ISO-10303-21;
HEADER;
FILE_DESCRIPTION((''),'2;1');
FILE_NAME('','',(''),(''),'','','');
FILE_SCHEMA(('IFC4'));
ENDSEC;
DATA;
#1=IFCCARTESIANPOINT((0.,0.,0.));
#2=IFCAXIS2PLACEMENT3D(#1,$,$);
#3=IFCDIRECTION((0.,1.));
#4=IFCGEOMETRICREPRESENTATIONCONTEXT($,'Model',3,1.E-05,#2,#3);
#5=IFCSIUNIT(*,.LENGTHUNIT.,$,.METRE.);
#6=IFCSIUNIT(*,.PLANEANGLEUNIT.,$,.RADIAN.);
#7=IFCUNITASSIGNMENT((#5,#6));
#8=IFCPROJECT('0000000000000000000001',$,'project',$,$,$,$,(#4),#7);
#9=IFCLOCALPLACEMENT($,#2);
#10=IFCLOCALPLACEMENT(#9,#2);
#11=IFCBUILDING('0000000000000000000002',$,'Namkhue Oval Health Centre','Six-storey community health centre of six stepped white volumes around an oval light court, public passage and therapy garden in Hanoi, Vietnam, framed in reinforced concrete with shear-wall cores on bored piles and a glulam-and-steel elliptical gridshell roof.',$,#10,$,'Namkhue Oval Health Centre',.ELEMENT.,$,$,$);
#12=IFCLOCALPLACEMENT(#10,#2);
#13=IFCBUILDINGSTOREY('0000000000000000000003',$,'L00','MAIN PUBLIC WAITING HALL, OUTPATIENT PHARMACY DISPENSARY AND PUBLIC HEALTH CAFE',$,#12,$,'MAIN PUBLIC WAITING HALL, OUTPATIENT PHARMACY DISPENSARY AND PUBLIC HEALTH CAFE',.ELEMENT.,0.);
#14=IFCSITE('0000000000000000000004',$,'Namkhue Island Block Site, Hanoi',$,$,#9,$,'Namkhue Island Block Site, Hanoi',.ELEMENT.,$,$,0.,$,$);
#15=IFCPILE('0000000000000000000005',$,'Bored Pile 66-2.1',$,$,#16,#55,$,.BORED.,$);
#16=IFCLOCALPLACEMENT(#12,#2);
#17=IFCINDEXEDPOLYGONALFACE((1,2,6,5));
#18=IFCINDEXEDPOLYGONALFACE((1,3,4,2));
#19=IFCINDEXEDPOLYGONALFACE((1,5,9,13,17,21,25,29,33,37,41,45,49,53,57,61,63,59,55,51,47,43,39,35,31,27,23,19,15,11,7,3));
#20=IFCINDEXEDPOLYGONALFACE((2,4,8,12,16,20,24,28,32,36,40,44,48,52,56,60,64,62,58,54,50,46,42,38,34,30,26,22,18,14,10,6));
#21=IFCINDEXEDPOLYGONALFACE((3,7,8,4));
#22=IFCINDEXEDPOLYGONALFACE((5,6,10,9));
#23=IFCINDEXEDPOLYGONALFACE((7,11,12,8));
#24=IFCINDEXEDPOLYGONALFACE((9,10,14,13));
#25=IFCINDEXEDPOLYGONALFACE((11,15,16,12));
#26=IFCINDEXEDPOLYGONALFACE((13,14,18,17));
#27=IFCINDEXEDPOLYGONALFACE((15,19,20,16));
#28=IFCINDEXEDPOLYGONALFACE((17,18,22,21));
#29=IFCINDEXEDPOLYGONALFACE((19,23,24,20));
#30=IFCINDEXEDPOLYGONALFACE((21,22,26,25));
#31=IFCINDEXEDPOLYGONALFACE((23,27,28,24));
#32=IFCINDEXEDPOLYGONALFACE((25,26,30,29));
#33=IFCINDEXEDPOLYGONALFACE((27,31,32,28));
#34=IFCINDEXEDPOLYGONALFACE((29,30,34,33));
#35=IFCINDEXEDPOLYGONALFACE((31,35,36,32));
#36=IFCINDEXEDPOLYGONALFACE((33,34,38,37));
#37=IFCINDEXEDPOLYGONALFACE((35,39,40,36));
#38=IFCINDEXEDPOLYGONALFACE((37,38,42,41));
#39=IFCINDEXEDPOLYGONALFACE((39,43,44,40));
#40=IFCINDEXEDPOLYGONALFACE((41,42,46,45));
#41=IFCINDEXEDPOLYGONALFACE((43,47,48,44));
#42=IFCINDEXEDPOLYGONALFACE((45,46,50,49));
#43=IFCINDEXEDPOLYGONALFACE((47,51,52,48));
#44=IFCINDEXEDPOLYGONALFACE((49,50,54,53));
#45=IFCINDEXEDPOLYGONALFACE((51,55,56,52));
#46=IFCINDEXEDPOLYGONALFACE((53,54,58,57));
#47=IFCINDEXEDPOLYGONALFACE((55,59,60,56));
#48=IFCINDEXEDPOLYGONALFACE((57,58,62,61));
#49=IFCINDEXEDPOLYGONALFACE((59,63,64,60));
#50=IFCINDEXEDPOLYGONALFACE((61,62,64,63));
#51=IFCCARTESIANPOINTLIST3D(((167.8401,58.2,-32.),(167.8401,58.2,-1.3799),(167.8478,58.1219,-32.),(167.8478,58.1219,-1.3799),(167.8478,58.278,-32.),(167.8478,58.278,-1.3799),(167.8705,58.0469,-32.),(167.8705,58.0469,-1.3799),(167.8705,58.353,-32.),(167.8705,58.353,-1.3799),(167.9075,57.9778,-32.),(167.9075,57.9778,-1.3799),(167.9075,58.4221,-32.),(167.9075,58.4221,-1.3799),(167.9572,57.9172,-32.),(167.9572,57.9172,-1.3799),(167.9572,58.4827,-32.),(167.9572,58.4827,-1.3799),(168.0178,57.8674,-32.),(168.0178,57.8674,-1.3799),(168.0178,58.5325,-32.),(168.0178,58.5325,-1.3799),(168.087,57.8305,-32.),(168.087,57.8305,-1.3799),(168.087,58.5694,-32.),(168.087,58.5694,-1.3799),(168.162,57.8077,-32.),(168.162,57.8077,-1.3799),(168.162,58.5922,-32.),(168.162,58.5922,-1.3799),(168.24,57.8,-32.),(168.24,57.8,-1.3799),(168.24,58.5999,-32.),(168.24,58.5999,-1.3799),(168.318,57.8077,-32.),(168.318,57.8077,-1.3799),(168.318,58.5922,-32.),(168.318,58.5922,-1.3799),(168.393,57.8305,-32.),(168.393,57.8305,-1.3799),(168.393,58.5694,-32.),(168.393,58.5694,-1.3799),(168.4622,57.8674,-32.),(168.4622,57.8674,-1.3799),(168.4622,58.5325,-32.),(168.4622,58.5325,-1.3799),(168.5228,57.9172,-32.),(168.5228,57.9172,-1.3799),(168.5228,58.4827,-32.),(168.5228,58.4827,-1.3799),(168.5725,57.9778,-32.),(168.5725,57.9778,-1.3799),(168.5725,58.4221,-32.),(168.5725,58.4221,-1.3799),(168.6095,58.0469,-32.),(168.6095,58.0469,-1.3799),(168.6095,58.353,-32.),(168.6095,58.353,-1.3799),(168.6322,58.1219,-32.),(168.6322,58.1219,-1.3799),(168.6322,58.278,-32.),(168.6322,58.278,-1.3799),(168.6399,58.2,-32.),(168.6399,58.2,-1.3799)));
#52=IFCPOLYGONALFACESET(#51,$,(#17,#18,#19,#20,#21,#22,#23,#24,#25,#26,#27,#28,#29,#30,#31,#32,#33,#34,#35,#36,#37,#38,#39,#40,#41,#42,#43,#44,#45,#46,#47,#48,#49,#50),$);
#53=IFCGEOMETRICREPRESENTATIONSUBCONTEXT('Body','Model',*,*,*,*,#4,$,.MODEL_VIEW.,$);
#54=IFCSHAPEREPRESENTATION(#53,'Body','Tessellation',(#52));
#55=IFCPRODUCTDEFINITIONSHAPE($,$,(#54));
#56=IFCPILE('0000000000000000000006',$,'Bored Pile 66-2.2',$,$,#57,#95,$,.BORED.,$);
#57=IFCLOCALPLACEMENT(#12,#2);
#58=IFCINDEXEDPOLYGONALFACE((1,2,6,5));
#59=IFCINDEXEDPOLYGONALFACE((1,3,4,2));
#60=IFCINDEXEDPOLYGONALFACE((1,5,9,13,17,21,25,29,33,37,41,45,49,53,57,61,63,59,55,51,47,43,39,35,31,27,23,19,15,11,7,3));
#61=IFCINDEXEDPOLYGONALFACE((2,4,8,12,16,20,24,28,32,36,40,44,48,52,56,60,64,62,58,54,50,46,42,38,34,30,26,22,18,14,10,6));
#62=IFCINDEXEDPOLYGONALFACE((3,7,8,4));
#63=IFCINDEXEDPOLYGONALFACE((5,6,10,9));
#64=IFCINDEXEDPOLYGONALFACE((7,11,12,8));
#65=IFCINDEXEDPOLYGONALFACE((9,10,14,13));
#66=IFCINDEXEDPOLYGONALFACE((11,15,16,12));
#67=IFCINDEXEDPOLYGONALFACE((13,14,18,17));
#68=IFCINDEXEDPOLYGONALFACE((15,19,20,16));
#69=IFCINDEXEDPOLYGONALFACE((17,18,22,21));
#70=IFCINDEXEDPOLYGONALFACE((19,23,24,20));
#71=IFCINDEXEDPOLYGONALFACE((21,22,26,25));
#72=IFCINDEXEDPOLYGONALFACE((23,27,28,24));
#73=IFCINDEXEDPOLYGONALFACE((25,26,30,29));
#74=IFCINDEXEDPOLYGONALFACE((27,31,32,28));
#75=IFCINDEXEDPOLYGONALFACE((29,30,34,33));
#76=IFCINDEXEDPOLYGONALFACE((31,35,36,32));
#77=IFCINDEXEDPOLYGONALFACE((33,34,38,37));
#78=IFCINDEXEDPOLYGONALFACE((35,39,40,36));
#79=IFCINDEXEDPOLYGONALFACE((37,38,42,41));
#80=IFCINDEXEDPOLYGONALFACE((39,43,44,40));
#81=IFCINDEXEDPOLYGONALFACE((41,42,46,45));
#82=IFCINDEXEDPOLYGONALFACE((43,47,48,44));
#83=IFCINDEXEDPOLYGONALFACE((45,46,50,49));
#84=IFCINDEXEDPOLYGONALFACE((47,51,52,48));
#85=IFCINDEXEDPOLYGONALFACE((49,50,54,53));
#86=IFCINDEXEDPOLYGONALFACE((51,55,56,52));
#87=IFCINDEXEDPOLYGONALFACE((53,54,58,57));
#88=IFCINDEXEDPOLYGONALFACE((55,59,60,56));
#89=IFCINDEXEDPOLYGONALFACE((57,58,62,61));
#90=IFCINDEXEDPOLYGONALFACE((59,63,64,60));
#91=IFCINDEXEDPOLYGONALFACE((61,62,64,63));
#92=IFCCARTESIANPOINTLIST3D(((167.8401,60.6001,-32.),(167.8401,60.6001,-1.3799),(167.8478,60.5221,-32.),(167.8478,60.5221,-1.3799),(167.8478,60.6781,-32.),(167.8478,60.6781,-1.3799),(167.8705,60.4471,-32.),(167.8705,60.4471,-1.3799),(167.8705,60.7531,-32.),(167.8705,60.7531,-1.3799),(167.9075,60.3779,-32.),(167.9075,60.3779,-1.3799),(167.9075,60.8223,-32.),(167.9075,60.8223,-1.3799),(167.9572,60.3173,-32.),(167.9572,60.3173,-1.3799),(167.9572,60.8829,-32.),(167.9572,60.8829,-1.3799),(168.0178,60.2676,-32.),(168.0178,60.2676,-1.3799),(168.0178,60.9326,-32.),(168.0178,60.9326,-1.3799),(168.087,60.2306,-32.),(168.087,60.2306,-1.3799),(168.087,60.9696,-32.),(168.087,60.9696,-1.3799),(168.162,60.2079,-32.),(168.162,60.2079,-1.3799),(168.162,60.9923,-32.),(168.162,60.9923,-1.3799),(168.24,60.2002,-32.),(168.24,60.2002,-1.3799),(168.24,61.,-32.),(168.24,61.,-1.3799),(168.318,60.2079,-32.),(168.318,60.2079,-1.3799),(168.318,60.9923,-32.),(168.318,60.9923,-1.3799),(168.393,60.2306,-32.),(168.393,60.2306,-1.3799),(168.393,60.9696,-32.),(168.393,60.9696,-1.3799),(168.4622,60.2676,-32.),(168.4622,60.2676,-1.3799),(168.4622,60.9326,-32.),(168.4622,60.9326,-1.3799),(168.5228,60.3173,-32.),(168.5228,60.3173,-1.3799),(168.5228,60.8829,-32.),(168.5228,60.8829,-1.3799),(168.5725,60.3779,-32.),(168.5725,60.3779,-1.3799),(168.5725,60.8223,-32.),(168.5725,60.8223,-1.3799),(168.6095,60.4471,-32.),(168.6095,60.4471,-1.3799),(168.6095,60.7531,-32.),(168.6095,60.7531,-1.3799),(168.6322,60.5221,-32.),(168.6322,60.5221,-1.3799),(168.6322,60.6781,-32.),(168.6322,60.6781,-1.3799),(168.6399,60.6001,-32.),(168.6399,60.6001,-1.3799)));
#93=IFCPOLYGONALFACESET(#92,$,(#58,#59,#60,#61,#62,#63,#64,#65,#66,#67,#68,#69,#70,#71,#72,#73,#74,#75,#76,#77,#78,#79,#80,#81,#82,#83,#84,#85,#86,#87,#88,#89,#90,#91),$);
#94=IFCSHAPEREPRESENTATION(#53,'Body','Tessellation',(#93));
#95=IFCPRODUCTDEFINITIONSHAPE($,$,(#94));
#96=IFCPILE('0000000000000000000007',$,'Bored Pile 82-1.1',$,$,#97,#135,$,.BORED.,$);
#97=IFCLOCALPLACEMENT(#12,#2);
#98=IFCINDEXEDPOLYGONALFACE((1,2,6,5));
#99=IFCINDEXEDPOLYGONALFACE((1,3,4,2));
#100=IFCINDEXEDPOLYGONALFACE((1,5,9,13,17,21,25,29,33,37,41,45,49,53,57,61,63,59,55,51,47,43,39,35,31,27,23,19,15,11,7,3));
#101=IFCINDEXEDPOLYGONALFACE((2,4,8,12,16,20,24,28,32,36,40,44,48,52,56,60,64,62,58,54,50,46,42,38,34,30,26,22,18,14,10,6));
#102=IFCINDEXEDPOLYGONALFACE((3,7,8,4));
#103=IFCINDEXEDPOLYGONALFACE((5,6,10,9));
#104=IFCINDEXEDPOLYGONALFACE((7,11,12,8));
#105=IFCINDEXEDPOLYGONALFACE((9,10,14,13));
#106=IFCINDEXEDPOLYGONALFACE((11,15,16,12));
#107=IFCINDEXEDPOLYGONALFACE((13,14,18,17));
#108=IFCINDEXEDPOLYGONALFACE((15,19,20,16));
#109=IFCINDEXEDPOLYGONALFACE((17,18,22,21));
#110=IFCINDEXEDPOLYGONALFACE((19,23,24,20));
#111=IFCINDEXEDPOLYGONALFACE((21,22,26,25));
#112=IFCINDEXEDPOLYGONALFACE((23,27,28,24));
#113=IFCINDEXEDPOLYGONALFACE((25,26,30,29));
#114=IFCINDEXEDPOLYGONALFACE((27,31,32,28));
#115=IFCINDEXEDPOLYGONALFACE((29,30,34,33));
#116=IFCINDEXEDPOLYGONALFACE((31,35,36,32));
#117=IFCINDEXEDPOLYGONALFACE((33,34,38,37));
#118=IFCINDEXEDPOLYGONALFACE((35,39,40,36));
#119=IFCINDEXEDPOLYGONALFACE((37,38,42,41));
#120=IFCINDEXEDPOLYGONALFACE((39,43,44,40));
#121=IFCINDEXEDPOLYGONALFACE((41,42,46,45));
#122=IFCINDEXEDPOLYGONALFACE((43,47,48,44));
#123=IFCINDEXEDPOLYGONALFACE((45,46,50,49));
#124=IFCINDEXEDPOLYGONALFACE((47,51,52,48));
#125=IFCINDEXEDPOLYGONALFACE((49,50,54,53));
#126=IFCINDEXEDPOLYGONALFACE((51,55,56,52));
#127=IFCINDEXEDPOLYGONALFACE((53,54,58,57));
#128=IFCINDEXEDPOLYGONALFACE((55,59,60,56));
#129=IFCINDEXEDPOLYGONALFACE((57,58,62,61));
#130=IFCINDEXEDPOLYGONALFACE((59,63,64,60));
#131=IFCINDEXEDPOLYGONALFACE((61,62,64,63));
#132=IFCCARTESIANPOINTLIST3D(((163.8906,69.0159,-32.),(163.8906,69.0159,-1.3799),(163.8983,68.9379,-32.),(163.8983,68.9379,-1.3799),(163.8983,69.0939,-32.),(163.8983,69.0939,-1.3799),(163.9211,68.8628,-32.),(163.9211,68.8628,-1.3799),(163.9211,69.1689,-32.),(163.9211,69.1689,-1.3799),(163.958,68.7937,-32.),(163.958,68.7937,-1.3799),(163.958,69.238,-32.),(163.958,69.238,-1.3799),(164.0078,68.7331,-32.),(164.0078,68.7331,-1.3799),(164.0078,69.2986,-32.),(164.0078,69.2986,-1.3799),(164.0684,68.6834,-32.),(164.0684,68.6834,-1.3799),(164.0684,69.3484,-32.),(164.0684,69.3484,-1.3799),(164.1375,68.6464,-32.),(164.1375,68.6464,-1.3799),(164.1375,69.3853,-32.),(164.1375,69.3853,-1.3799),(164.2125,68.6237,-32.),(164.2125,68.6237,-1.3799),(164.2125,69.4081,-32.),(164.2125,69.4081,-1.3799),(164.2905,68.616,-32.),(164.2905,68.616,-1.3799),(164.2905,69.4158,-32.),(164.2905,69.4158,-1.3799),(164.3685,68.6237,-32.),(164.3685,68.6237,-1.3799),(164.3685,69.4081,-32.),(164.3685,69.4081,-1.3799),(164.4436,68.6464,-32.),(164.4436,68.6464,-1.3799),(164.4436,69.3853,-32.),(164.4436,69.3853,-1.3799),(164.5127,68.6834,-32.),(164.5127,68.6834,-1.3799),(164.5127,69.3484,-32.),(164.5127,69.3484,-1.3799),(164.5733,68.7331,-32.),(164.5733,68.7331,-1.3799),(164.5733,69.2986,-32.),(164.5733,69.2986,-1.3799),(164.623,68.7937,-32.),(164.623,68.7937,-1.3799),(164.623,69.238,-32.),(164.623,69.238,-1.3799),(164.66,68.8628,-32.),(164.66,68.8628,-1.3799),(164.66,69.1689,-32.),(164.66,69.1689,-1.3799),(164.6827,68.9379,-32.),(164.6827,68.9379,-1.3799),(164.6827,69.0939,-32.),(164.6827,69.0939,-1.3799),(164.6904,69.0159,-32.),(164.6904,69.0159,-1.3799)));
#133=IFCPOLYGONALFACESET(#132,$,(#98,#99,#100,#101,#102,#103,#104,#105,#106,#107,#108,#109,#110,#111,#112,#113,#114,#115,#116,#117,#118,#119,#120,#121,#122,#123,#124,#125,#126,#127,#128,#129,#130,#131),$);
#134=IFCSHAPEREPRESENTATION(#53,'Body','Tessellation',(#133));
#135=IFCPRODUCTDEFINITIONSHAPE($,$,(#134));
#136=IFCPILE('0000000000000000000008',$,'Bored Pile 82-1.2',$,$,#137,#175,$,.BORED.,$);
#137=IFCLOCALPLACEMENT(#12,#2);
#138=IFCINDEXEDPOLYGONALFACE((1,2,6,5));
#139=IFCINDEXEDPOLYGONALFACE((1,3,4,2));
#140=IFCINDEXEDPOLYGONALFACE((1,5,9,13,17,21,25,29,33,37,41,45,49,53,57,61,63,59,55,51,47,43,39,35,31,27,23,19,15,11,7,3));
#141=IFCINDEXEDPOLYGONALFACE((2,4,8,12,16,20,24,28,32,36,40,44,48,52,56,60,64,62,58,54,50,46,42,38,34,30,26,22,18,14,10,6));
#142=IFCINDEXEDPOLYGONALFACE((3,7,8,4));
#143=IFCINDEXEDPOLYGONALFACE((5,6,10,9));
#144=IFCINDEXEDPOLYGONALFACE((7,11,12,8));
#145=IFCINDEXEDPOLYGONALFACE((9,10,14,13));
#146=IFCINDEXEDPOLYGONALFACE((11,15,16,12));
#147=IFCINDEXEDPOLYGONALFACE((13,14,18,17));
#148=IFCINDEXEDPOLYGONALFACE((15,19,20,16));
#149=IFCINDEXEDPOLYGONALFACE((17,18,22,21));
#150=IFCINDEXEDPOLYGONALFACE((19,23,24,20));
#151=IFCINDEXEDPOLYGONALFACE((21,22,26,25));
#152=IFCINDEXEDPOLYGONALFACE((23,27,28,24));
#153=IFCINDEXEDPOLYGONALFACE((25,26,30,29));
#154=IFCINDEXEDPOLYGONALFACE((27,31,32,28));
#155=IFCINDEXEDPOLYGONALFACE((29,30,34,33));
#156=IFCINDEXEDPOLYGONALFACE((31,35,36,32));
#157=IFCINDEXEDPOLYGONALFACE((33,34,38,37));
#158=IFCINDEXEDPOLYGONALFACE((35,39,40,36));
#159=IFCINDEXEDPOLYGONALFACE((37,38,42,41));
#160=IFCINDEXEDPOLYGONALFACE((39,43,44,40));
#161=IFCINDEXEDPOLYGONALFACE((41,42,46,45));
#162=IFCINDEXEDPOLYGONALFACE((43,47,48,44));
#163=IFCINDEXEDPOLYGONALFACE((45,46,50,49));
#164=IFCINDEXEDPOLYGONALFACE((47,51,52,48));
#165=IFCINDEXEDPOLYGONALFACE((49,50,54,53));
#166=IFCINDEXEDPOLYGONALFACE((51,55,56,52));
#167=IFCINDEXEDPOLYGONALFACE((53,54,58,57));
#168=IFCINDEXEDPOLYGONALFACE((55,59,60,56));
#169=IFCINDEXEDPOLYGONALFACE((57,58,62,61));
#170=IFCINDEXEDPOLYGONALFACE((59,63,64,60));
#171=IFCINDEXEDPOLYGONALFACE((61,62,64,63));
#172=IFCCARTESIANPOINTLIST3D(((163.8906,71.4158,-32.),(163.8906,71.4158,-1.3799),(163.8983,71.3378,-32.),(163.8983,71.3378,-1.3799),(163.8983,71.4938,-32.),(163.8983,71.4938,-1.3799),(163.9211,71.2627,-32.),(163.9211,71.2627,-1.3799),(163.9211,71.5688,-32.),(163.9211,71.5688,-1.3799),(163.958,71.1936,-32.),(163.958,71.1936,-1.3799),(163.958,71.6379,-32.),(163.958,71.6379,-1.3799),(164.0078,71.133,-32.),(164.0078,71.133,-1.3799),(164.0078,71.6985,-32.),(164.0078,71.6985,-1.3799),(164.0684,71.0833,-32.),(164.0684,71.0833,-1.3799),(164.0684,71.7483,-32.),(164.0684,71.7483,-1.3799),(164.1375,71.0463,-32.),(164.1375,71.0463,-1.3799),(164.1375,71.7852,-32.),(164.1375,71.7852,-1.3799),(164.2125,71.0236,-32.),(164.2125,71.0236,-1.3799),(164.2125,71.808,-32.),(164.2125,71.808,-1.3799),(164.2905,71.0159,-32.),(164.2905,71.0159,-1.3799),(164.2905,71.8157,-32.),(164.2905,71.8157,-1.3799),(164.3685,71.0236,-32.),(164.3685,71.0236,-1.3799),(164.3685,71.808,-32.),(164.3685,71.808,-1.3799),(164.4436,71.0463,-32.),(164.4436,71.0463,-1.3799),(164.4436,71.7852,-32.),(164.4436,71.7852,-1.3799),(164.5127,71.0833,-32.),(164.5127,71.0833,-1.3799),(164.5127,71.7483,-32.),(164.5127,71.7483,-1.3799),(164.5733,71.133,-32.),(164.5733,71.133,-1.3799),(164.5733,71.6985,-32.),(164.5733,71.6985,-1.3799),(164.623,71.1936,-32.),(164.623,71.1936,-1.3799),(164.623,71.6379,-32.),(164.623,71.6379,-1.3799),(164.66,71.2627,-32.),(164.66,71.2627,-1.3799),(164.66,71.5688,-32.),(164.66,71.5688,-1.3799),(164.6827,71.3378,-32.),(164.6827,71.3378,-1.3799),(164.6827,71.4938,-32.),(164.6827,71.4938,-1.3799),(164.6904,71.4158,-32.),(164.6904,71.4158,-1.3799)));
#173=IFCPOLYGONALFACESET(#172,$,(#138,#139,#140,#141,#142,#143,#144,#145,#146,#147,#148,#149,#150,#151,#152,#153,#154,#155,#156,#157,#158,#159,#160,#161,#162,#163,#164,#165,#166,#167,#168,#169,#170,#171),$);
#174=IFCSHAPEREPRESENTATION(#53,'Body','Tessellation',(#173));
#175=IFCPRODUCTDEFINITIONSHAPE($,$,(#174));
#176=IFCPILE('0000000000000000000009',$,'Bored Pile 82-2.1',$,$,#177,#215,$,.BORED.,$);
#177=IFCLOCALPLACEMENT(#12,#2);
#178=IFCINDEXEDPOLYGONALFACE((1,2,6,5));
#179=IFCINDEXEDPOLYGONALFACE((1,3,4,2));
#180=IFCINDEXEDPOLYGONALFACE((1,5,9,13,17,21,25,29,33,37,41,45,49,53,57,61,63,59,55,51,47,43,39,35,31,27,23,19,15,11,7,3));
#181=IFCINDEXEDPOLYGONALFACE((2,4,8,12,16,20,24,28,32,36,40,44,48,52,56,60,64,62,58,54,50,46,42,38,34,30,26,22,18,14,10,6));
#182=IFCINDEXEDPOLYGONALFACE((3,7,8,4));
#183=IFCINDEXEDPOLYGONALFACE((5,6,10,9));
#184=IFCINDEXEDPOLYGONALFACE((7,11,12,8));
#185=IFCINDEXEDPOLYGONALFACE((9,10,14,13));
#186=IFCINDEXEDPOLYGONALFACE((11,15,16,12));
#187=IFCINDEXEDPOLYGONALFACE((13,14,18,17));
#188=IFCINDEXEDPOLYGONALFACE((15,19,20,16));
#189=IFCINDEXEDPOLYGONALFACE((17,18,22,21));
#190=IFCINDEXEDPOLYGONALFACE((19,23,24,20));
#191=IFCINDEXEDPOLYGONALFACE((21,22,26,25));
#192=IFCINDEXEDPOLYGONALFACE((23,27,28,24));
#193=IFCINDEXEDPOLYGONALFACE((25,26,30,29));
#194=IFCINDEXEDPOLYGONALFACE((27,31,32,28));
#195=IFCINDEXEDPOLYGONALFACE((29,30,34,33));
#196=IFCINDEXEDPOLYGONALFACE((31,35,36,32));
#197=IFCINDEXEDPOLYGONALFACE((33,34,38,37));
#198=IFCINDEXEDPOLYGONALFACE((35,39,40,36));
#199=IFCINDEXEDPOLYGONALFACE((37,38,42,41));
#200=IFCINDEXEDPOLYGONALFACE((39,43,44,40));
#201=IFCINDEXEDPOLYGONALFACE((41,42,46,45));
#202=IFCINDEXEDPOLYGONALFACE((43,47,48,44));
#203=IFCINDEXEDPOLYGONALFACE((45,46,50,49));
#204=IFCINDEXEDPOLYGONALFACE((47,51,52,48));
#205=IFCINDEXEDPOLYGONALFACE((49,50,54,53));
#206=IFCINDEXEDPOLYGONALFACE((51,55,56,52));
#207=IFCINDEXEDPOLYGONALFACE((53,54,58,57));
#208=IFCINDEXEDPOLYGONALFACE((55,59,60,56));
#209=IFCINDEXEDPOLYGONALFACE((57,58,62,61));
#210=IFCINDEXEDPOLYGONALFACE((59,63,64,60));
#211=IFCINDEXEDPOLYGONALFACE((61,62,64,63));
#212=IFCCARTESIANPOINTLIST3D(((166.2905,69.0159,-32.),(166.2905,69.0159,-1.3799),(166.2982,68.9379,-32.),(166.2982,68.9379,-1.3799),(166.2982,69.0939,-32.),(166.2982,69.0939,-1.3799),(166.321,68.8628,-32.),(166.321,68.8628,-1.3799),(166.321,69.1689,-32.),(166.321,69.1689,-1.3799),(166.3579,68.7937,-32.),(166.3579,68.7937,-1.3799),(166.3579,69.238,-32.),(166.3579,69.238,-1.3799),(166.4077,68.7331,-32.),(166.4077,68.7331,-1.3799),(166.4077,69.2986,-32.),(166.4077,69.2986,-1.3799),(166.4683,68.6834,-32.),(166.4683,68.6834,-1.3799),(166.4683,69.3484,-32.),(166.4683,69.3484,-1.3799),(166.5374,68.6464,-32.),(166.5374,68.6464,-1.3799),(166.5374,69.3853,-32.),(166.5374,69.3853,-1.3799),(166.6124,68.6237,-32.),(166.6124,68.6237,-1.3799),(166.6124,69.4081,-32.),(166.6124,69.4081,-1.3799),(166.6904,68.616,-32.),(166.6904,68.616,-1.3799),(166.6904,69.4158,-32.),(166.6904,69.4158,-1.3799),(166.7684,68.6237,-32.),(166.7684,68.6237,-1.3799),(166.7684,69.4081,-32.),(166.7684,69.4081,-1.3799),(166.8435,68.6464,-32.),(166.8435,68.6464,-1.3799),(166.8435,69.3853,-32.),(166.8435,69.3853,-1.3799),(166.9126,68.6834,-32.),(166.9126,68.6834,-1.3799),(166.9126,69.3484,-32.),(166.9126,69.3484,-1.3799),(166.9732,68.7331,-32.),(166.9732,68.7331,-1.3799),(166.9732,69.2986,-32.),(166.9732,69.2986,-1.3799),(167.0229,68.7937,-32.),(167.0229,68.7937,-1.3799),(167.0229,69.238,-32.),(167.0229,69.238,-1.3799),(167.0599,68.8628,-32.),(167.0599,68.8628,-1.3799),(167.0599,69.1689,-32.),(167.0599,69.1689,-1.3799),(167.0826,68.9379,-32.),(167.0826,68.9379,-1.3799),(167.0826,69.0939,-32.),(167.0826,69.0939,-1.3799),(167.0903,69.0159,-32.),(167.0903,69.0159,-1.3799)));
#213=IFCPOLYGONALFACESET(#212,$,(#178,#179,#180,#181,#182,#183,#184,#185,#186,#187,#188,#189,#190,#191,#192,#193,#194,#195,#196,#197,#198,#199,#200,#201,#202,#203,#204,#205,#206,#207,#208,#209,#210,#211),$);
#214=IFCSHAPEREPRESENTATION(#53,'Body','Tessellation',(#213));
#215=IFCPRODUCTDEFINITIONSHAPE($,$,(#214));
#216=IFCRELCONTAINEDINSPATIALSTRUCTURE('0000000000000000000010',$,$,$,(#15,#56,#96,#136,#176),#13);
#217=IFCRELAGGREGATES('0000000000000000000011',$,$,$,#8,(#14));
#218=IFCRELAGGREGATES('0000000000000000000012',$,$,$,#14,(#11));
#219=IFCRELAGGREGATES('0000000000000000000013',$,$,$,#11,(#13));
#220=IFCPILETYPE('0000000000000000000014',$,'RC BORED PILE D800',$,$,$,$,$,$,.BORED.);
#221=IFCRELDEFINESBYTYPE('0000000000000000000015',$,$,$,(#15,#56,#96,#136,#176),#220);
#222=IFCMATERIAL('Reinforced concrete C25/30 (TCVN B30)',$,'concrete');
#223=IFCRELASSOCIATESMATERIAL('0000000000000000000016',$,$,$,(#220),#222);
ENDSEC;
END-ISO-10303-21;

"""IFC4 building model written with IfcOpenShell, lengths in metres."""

from ifc_helpers import new_model, si_unit, direction, frame, origin, origin_2d, place, context, subcontext, project, spatial, circle, extrude, material, material_profile, profile_set, type_object, element, save


model = new_model("IFC4")

# Units and contexts
model_context = context("Model", 3, precision=1e-05, world=origin(), true_north=direction((0.0, 1.0)))
body_context = subcontext(model_context, "Body", "Model", "MODEL_VIEW")
ifc_project = project(units=[si_unit("LENGTHUNIT", "METRE"), si_unit("PLANEANGLEUNIT", "RADIAN")], contexts=[model_context])

# Site, building, storey
site_placement = place(None, origin())
site = spatial("IfcSite", under=ifc_project, at=site_placement, Name="Namkhue Island Block Site, Hanoi", LongName="Namkhue Island Block Site, Hanoi", CompositionType="ELEMENT", RefElevation=0.0)
building_placement = place(site_placement, origin())
building = spatial("IfcBuilding", under=site, at=building_placement, Name="Namkhue Oval Health Centre", Description="Six-storey community health centre of six stepped white volumes around an oval light court, public passage and therapy garden in Hanoi, Vietnam, framed in reinforced concrete with shear-wall cores on bored piles and a glulam-and-steel elliptical gridshell roof.", LongName="Namkhue Oval Health Centre", CompositionType="ELEMENT")
storey_placement = place(building_placement, origin())
storey = spatial("IfcBuildingStorey", under=building, at=storey_placement, Name="L00", Description="MAIN PUBLIC WAITING HALL, OUTPATIENT PHARMACY DISPENSARY AND PUBLIC HEALTH CAFE", LongName="MAIN PUBLIC WAITING HALL, OUTPATIENT PHARMACY DISPENSARY AND PUBLIC HEALTH CAFE", CompositionType="ELEMENT", Elevation=0.0)

# Piles
ifc_material_1 = material(Name="Reinforced concrete C25/30 (TCVN B30)", Category="concrete")
ifc_material_profile_1 = material_profile(ifc_material_1, circle(Radius=0.3999, at=origin_2d()), Name="BORED PILE D800")
ifc_profile_set_1 = profile_set([ifc_material_profile_1], Name="Reinforced concrete C25/30 (TCVN B30)")
pile_type = type_object("IfcPileType", Name="RC BORED PILE D800", PredefinedType="BORED", material=ifc_profile_set_1)
for number, where, z_axis, x_axis, name in (
    (1, (168.24, 58.2, -1.3799), (0.0, 0.0, -1.0), (1.0, 0.0, 0.0), "Bored Pile 66-2.1"),
    (2, (168.24, 60.6001, -1.3799), (0.0, 0.0, -1.0), (1.0, 0.0, 0.0), "Bored Pile 66-2.2"),
    (3, (164.2905, 69.0159, -1.3799), (0.0, 0.0, -1.0), (1.0, 0.0, 0.0), "Bored Pile 82-1.1"),
    (4, (164.2905, 71.4158, -1.3799), (0.0, 0.0, -1.0), (1.0, 0.0, 0.0), "Bored Pile 82-1.2"),
    (5, (166.6904, 69.0159, -1.3799), (0.0, 0.0, -1.0), (1.0, 0.0, 0.0), "Bored Pile 82-2.1"),
):
    element("IfcPile", number, at=place(storey_placement, frame(where, z_axis=z_axis, x_axis=x_axis)), inside=storey, type_object=pile_type, Name=name, PredefinedType="BORED", context=body_context, shape_type="SweptSolid", body=[
        extrude(circle(Radius=0.3999, at=origin_2d()), origin(), (0.0, 0.0, 1.0), 30.6201),
    ])

save(model, "model.ifc")
